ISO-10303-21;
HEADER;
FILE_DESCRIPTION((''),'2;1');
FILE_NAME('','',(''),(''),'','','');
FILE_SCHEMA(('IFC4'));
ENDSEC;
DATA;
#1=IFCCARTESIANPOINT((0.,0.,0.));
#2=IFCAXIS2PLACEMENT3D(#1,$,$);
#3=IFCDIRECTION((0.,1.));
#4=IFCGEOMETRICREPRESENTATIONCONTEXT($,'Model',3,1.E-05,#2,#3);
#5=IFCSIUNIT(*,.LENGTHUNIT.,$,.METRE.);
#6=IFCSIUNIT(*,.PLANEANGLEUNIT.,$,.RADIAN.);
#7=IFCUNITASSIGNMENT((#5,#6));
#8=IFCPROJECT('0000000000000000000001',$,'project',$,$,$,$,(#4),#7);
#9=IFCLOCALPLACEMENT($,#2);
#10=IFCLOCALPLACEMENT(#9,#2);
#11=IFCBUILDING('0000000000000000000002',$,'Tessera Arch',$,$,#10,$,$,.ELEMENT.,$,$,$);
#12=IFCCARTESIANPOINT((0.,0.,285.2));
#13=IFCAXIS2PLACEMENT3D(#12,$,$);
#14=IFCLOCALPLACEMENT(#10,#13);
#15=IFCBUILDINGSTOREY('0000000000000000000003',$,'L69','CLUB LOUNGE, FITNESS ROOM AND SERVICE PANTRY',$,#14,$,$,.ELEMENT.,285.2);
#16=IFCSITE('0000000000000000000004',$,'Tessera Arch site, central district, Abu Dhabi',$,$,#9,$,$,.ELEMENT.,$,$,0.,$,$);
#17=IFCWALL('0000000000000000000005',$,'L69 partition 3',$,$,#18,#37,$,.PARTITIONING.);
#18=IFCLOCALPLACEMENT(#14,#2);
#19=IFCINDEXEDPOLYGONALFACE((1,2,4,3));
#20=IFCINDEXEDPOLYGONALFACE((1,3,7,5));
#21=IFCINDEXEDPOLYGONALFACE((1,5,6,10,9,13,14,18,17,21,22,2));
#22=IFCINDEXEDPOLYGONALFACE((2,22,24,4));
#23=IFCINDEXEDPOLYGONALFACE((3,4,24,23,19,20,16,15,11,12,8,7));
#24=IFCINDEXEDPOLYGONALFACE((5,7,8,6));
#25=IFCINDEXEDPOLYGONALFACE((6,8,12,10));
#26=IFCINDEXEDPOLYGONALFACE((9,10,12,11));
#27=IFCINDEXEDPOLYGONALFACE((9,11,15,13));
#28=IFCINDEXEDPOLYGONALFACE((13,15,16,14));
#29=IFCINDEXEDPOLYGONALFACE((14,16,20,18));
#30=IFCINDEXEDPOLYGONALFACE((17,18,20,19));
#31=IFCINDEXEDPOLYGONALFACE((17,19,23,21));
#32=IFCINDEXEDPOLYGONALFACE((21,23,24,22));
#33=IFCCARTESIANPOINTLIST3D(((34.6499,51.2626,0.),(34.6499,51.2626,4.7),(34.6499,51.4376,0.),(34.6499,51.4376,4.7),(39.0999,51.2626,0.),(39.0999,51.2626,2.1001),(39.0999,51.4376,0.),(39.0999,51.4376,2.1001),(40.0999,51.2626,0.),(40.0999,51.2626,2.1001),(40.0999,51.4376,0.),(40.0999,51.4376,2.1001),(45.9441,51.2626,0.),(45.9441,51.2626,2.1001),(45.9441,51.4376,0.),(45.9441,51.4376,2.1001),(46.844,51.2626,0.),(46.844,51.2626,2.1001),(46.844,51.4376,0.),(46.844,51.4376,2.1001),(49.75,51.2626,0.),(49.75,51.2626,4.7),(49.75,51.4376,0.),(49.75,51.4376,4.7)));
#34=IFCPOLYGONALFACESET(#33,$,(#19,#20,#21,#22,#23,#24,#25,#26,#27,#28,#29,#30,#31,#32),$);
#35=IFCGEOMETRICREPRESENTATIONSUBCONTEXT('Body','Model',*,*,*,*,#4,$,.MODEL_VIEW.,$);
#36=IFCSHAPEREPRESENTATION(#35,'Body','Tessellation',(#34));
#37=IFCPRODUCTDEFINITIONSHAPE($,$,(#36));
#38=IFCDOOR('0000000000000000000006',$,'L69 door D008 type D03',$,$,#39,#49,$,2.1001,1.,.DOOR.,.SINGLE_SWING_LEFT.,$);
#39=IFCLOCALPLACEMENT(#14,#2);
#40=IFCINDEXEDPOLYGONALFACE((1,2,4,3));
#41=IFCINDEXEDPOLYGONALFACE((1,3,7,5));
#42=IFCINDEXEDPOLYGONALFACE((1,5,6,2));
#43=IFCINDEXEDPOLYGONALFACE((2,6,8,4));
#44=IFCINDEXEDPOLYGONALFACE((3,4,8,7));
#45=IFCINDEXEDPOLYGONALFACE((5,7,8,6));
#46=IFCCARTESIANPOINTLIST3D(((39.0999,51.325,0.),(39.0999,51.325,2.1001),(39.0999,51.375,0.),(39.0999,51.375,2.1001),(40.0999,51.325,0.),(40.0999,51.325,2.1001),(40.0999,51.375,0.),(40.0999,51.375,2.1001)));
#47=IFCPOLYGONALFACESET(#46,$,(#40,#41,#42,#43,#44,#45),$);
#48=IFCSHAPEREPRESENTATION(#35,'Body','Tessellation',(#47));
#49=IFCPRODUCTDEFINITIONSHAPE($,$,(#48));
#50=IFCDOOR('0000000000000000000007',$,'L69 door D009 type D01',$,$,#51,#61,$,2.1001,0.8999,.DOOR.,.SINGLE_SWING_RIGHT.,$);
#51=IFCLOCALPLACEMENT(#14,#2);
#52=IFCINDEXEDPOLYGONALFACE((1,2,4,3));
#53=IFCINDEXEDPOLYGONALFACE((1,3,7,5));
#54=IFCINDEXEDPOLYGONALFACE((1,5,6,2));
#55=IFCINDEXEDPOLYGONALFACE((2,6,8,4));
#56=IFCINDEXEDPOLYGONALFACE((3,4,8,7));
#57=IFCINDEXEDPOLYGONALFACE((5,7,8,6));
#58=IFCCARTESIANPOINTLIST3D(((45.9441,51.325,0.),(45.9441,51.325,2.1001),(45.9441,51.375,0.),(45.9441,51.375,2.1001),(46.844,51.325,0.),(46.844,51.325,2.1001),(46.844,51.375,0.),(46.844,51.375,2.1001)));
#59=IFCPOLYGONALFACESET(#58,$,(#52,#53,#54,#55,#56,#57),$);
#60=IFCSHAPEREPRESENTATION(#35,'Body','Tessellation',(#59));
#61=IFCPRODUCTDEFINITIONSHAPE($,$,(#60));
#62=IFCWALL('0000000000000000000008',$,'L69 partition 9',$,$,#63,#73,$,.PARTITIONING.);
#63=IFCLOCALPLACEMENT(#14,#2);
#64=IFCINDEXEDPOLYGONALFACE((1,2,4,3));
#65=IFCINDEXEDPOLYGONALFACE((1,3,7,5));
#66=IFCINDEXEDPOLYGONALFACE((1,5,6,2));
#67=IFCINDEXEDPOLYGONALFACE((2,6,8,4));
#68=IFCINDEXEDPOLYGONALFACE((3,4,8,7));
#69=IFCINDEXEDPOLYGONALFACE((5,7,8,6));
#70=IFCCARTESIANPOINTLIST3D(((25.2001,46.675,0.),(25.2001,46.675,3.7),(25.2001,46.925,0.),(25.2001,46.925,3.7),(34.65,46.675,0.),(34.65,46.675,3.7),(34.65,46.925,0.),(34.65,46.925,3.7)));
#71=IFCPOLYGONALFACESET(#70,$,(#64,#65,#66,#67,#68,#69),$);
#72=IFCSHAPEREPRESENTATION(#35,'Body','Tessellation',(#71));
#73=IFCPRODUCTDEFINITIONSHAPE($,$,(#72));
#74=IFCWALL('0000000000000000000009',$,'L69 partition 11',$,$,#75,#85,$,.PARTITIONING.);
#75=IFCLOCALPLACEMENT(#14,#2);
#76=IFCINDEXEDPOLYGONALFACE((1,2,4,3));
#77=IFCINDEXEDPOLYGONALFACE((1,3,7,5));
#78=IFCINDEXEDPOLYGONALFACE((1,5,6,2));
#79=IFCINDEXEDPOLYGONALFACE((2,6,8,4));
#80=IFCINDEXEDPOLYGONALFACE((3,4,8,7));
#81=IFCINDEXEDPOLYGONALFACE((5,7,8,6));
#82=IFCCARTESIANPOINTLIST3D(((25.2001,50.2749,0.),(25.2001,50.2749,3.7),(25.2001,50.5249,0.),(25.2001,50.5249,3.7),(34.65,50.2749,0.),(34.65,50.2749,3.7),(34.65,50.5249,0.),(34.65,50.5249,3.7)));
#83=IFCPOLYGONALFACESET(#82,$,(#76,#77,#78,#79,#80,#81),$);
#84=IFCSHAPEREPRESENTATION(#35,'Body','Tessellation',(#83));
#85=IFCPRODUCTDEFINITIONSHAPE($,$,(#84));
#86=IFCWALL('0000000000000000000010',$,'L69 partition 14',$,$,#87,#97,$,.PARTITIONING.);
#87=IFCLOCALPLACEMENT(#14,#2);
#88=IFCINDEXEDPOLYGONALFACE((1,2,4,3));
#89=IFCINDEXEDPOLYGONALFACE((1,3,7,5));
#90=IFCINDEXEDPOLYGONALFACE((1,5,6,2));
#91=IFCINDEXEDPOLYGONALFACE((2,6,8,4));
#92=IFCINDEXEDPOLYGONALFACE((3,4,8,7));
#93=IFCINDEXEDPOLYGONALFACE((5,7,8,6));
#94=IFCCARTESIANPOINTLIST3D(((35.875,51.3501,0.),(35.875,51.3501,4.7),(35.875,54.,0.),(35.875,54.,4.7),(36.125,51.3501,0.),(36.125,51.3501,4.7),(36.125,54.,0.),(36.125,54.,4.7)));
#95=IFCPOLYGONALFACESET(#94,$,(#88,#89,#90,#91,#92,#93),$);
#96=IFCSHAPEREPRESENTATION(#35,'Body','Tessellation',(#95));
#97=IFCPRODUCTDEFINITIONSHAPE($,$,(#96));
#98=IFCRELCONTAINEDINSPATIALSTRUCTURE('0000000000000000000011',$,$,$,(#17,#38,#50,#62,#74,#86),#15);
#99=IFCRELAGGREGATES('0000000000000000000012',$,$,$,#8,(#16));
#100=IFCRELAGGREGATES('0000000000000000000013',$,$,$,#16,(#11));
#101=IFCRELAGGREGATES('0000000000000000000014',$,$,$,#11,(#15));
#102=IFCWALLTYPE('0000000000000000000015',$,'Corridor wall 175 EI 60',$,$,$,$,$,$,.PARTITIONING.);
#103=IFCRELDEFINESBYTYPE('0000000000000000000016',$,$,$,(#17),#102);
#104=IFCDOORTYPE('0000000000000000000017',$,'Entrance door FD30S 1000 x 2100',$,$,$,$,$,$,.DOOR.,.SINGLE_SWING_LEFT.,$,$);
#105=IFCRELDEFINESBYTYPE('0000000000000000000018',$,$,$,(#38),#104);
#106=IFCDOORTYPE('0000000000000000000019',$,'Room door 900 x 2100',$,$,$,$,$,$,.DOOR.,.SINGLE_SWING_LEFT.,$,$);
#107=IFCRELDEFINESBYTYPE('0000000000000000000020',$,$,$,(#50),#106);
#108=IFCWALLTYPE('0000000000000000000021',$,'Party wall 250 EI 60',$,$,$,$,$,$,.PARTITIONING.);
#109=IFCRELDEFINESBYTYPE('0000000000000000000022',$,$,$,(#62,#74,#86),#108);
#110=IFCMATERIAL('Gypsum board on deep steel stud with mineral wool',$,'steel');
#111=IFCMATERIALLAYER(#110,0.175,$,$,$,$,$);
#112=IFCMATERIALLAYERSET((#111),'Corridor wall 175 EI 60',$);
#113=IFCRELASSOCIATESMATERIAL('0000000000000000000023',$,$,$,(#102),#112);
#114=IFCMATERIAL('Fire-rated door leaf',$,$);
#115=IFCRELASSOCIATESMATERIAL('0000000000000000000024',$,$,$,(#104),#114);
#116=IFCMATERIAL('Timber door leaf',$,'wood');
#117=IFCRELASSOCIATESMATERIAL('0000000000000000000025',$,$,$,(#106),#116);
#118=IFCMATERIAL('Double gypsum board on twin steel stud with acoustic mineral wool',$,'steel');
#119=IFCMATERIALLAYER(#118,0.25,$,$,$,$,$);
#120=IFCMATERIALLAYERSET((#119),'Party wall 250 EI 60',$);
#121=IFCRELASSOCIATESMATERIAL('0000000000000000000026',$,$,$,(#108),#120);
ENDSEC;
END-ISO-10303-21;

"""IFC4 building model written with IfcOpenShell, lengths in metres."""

from ifc_helpers import new_model, si_unit, direction, frame, frame_2d, origin, place, context, subcontext, project, spatial, rectangle, extrude, material, layer, layer_set, type_object, element, fill, save


model = new_model("IFC4")

# Units and contexts
model_context = context("Model", 3, precision=1e-05, world=origin(), true_north=direction((0.0, 1.0)))
body_context = subcontext(model_context, "Body", "Model", "MODEL_VIEW")
ifc_project = project(units=[si_unit("LENGTHUNIT", "METRE"), si_unit("PLANEANGLEUNIT", "RADIAN")], contexts=[model_context])

# Site, building, storey
site_placement = place(None, origin())
site = spatial("IfcSite", under=ifc_project, at=site_placement, Name="Tessera Arch site, central district, Abu Dhabi", CompositionType="ELEMENT", RefElevation=0.0)
building_placement = place(site_placement, origin())
building = spatial("IfcBuilding", under=site, at=building_placement, Name="Tessera Arch", CompositionType="ELEMENT")
storey_placement = place(building_placement, frame((0.0, 0.0, 285.2)))
storey = spatial("IfcBuildingStorey", under=building, at=storey_placement, Name="L69", Description="CLUB LOUNGE, FITNESS ROOM AND SERVICE PANTRY", CompositionType="ELEMENT", Elevation=285.2)

# Wall, openings, doors
ifc_material_1 = material(Name="Gypsum board on deep steel stud with mineral wool", Category="steel")
ifc_layer_1 = layer(ifc_material_1, 0.175)
ifc_layer_set_1 = layer_set([ifc_layer_1], Name="Corridor wall 175 EI 60")
wall_type_1 = type_object("IfcWallType", Name="Corridor wall 175 EI 60", PredefinedType="PARTITIONING", material=ifc_layer_set_1)
wall_1_placement = place(storey_placement, frame((34.6499, 51.3501, 0.0), z_axis=(0.0, 0.0, 1.0), x_axis=(1.0, 0.0, 0.0)))
wall_1 = element("IfcWall", 1, at=wall_1_placement, inside=storey, type_object=wall_type_1, Name="L69 partition 3", PredefinedType="PARTITIONING", context=body_context, shape_type="SweptSolid", body=[
    extrude(rectangle(XDim=15.1001, YDim=0.175, at=frame_2d((7.55, 0.0))), origin(), (0.0, 0.0, 1.0), 4.7),
])
opening_1_placement = place(wall_1_placement, frame((4.45, 0.0, 0.0)))
opening_1 = element("IfcOpeningElement", 2, at=opening_1_placement, cuts=wall_1, PredefinedType="OPENING", context=body_context, shape_type="SweptSolid", body=[
    extrude(rectangle(XDim=1.0, YDim=2.1001, at=frame_2d((0.5, 1.05))), frame((0.0, 0.0974, 0.0), z_axis=(0.0, -1.0, 0.0), x_axis=(1.0, 0.0, 0.0)), (0.0, 0.0, 1.0), 0.1951),
])
opening_2_placement = place(wall_1_placement, frame((11.2942, 0.0, 0.0)))
opening_2 = element("IfcOpeningElement", 3, at=opening_2_placement, cuts=wall_1, PredefinedType="OPENING", context=body_context, shape_type="SweptSolid", body=[
    extrude(rectangle(XDim=0.8999, YDim=2.1001, at=frame_2d((0.45, 1.05))), frame((0.0, 0.0974, 0.0), z_axis=(0.0, -1.0, 0.0), x_axis=(1.0, 0.0, 0.0)), (0.0, 0.0, 1.0), 0.1951),
])
ifc_material_2 = material(Name="Fire-rated door leaf")
door_type_1 = type_object("IfcDoorType", Name="Entrance door FD30S 1000 x 2100", OperationType="SINGLE_SWING_LEFT", PredefinedType="DOOR", material=ifc_material_2)
door_1_placement = place(opening_1_placement, origin())
door_1 = element("IfcDoor", 4, at=door_1_placement, inside=storey, type_object=door_type_1, Name="L69 door D008 type D03", OperationType="SINGLE_SWING_LEFT", OverallHeight=2.1001, OverallWidth=1.0, PredefinedType="DOOR", context=body_context, shape_type="SweptSolid", body=[
    extrude(rectangle(XDim=1.0, YDim=2.1001, at=frame_2d((0.5, 1.05))), frame((0.0, 0.0249, 0.0), z_axis=(0.0, -1.0, 0.0), x_axis=(1.0, 0.0, 0.0)), (0.0, 0.0, 1.0), 0.05),
])
fill(opening_1, door_1)
ifc_material_3 = material(Name="Timber door leaf", Category="wood")
door_type_2 = type_object("IfcDoorType", Name="Room door 900 x 2100", OperationType="SINGLE_SWING_LEFT", PredefinedType="DOOR", material=ifc_material_3)
door_2_placement = place(opening_2_placement, origin())
door_2 = element("IfcDoor", 5, at=door_2_placement, inside=storey, type_object=door_type_2, Name="L69 door D009 type D01", OperationType="SINGLE_SWING_RIGHT", OverallHeight=2.1001, OverallWidth=0.8999, PredefinedType="DOOR", context=body_context, shape_type="SweptSolid", body=[
    extrude(rectangle(XDim=0.8999, YDim=2.1001, at=frame_2d((0.45, 1.05))), frame((0.0, 0.0249, 0.0), z_axis=(0.0, -1.0, 0.0), x_axis=(1.0, 0.0, 0.0)), (0.0, 0.0, 1.0), 0.05),
])
fill(opening_2, door_2)

# Walls
ifc_material_4 = material(Name="Double gypsum board on twin steel stud with acoustic mineral wool", Category="steel")
ifc_layer_2 = layer(ifc_material_4, 0.25)
ifc_layer_set_2 = layer_set([ifc_layer_2], Name="Party wall 250 EI 60")
wall_type_2 = type_object("IfcWallType", Name="Party wall 250 EI 60", PredefinedType="PARTITIONING", material=ifc_layer_set_2)
for number, where, z_axis, x_axis, name in (
    (6, (25.2, 46.8, 0.0), (0.0, 0.0, 1.0), (1.0, 0.0, 0.0), "L69 partition 9"),
    (7, (25.2, 50.3999, 0.0), (0.0, 0.0, 1.0), (1.0, 0.0, 0.0), "L69 partition 11"),
):
    element("IfcWall", number, at=place(storey_placement, frame(where, z_axis=z_axis, x_axis=x_axis)), inside=storey, type_object=wall_type_2, Name=name, PredefinedType="PARTITIONING", context=body_context, shape_type="SweptSolid", body=[
        extrude(rectangle(XDim=9.45, YDim=0.25, at=frame_2d((4.7251, 0.0))), origin(), (0.0, 0.0, 1.0), 3.7),
    ])
wall_2_placement = place(storey_placement, frame((36.0, 51.3501, 0.0), z_axis=(0.0, 0.0, 1.0), x_axis=(0.0, 1.0, 0.0)))
element("IfcWall", 8, at=wall_2_placement, inside=storey, type_object=wall_type_2, Name="L69 partition 14", PredefinedType="PARTITIONING", context=body_context, shape_type="SweptSolid", body=[
    extrude(rectangle(XDim=2.6499, YDim=0.25, at=frame_2d((1.325, 0.0))), origin(), (0.0, 0.0, 1.0), 4.7),
])

save(model, "model.ifc")
